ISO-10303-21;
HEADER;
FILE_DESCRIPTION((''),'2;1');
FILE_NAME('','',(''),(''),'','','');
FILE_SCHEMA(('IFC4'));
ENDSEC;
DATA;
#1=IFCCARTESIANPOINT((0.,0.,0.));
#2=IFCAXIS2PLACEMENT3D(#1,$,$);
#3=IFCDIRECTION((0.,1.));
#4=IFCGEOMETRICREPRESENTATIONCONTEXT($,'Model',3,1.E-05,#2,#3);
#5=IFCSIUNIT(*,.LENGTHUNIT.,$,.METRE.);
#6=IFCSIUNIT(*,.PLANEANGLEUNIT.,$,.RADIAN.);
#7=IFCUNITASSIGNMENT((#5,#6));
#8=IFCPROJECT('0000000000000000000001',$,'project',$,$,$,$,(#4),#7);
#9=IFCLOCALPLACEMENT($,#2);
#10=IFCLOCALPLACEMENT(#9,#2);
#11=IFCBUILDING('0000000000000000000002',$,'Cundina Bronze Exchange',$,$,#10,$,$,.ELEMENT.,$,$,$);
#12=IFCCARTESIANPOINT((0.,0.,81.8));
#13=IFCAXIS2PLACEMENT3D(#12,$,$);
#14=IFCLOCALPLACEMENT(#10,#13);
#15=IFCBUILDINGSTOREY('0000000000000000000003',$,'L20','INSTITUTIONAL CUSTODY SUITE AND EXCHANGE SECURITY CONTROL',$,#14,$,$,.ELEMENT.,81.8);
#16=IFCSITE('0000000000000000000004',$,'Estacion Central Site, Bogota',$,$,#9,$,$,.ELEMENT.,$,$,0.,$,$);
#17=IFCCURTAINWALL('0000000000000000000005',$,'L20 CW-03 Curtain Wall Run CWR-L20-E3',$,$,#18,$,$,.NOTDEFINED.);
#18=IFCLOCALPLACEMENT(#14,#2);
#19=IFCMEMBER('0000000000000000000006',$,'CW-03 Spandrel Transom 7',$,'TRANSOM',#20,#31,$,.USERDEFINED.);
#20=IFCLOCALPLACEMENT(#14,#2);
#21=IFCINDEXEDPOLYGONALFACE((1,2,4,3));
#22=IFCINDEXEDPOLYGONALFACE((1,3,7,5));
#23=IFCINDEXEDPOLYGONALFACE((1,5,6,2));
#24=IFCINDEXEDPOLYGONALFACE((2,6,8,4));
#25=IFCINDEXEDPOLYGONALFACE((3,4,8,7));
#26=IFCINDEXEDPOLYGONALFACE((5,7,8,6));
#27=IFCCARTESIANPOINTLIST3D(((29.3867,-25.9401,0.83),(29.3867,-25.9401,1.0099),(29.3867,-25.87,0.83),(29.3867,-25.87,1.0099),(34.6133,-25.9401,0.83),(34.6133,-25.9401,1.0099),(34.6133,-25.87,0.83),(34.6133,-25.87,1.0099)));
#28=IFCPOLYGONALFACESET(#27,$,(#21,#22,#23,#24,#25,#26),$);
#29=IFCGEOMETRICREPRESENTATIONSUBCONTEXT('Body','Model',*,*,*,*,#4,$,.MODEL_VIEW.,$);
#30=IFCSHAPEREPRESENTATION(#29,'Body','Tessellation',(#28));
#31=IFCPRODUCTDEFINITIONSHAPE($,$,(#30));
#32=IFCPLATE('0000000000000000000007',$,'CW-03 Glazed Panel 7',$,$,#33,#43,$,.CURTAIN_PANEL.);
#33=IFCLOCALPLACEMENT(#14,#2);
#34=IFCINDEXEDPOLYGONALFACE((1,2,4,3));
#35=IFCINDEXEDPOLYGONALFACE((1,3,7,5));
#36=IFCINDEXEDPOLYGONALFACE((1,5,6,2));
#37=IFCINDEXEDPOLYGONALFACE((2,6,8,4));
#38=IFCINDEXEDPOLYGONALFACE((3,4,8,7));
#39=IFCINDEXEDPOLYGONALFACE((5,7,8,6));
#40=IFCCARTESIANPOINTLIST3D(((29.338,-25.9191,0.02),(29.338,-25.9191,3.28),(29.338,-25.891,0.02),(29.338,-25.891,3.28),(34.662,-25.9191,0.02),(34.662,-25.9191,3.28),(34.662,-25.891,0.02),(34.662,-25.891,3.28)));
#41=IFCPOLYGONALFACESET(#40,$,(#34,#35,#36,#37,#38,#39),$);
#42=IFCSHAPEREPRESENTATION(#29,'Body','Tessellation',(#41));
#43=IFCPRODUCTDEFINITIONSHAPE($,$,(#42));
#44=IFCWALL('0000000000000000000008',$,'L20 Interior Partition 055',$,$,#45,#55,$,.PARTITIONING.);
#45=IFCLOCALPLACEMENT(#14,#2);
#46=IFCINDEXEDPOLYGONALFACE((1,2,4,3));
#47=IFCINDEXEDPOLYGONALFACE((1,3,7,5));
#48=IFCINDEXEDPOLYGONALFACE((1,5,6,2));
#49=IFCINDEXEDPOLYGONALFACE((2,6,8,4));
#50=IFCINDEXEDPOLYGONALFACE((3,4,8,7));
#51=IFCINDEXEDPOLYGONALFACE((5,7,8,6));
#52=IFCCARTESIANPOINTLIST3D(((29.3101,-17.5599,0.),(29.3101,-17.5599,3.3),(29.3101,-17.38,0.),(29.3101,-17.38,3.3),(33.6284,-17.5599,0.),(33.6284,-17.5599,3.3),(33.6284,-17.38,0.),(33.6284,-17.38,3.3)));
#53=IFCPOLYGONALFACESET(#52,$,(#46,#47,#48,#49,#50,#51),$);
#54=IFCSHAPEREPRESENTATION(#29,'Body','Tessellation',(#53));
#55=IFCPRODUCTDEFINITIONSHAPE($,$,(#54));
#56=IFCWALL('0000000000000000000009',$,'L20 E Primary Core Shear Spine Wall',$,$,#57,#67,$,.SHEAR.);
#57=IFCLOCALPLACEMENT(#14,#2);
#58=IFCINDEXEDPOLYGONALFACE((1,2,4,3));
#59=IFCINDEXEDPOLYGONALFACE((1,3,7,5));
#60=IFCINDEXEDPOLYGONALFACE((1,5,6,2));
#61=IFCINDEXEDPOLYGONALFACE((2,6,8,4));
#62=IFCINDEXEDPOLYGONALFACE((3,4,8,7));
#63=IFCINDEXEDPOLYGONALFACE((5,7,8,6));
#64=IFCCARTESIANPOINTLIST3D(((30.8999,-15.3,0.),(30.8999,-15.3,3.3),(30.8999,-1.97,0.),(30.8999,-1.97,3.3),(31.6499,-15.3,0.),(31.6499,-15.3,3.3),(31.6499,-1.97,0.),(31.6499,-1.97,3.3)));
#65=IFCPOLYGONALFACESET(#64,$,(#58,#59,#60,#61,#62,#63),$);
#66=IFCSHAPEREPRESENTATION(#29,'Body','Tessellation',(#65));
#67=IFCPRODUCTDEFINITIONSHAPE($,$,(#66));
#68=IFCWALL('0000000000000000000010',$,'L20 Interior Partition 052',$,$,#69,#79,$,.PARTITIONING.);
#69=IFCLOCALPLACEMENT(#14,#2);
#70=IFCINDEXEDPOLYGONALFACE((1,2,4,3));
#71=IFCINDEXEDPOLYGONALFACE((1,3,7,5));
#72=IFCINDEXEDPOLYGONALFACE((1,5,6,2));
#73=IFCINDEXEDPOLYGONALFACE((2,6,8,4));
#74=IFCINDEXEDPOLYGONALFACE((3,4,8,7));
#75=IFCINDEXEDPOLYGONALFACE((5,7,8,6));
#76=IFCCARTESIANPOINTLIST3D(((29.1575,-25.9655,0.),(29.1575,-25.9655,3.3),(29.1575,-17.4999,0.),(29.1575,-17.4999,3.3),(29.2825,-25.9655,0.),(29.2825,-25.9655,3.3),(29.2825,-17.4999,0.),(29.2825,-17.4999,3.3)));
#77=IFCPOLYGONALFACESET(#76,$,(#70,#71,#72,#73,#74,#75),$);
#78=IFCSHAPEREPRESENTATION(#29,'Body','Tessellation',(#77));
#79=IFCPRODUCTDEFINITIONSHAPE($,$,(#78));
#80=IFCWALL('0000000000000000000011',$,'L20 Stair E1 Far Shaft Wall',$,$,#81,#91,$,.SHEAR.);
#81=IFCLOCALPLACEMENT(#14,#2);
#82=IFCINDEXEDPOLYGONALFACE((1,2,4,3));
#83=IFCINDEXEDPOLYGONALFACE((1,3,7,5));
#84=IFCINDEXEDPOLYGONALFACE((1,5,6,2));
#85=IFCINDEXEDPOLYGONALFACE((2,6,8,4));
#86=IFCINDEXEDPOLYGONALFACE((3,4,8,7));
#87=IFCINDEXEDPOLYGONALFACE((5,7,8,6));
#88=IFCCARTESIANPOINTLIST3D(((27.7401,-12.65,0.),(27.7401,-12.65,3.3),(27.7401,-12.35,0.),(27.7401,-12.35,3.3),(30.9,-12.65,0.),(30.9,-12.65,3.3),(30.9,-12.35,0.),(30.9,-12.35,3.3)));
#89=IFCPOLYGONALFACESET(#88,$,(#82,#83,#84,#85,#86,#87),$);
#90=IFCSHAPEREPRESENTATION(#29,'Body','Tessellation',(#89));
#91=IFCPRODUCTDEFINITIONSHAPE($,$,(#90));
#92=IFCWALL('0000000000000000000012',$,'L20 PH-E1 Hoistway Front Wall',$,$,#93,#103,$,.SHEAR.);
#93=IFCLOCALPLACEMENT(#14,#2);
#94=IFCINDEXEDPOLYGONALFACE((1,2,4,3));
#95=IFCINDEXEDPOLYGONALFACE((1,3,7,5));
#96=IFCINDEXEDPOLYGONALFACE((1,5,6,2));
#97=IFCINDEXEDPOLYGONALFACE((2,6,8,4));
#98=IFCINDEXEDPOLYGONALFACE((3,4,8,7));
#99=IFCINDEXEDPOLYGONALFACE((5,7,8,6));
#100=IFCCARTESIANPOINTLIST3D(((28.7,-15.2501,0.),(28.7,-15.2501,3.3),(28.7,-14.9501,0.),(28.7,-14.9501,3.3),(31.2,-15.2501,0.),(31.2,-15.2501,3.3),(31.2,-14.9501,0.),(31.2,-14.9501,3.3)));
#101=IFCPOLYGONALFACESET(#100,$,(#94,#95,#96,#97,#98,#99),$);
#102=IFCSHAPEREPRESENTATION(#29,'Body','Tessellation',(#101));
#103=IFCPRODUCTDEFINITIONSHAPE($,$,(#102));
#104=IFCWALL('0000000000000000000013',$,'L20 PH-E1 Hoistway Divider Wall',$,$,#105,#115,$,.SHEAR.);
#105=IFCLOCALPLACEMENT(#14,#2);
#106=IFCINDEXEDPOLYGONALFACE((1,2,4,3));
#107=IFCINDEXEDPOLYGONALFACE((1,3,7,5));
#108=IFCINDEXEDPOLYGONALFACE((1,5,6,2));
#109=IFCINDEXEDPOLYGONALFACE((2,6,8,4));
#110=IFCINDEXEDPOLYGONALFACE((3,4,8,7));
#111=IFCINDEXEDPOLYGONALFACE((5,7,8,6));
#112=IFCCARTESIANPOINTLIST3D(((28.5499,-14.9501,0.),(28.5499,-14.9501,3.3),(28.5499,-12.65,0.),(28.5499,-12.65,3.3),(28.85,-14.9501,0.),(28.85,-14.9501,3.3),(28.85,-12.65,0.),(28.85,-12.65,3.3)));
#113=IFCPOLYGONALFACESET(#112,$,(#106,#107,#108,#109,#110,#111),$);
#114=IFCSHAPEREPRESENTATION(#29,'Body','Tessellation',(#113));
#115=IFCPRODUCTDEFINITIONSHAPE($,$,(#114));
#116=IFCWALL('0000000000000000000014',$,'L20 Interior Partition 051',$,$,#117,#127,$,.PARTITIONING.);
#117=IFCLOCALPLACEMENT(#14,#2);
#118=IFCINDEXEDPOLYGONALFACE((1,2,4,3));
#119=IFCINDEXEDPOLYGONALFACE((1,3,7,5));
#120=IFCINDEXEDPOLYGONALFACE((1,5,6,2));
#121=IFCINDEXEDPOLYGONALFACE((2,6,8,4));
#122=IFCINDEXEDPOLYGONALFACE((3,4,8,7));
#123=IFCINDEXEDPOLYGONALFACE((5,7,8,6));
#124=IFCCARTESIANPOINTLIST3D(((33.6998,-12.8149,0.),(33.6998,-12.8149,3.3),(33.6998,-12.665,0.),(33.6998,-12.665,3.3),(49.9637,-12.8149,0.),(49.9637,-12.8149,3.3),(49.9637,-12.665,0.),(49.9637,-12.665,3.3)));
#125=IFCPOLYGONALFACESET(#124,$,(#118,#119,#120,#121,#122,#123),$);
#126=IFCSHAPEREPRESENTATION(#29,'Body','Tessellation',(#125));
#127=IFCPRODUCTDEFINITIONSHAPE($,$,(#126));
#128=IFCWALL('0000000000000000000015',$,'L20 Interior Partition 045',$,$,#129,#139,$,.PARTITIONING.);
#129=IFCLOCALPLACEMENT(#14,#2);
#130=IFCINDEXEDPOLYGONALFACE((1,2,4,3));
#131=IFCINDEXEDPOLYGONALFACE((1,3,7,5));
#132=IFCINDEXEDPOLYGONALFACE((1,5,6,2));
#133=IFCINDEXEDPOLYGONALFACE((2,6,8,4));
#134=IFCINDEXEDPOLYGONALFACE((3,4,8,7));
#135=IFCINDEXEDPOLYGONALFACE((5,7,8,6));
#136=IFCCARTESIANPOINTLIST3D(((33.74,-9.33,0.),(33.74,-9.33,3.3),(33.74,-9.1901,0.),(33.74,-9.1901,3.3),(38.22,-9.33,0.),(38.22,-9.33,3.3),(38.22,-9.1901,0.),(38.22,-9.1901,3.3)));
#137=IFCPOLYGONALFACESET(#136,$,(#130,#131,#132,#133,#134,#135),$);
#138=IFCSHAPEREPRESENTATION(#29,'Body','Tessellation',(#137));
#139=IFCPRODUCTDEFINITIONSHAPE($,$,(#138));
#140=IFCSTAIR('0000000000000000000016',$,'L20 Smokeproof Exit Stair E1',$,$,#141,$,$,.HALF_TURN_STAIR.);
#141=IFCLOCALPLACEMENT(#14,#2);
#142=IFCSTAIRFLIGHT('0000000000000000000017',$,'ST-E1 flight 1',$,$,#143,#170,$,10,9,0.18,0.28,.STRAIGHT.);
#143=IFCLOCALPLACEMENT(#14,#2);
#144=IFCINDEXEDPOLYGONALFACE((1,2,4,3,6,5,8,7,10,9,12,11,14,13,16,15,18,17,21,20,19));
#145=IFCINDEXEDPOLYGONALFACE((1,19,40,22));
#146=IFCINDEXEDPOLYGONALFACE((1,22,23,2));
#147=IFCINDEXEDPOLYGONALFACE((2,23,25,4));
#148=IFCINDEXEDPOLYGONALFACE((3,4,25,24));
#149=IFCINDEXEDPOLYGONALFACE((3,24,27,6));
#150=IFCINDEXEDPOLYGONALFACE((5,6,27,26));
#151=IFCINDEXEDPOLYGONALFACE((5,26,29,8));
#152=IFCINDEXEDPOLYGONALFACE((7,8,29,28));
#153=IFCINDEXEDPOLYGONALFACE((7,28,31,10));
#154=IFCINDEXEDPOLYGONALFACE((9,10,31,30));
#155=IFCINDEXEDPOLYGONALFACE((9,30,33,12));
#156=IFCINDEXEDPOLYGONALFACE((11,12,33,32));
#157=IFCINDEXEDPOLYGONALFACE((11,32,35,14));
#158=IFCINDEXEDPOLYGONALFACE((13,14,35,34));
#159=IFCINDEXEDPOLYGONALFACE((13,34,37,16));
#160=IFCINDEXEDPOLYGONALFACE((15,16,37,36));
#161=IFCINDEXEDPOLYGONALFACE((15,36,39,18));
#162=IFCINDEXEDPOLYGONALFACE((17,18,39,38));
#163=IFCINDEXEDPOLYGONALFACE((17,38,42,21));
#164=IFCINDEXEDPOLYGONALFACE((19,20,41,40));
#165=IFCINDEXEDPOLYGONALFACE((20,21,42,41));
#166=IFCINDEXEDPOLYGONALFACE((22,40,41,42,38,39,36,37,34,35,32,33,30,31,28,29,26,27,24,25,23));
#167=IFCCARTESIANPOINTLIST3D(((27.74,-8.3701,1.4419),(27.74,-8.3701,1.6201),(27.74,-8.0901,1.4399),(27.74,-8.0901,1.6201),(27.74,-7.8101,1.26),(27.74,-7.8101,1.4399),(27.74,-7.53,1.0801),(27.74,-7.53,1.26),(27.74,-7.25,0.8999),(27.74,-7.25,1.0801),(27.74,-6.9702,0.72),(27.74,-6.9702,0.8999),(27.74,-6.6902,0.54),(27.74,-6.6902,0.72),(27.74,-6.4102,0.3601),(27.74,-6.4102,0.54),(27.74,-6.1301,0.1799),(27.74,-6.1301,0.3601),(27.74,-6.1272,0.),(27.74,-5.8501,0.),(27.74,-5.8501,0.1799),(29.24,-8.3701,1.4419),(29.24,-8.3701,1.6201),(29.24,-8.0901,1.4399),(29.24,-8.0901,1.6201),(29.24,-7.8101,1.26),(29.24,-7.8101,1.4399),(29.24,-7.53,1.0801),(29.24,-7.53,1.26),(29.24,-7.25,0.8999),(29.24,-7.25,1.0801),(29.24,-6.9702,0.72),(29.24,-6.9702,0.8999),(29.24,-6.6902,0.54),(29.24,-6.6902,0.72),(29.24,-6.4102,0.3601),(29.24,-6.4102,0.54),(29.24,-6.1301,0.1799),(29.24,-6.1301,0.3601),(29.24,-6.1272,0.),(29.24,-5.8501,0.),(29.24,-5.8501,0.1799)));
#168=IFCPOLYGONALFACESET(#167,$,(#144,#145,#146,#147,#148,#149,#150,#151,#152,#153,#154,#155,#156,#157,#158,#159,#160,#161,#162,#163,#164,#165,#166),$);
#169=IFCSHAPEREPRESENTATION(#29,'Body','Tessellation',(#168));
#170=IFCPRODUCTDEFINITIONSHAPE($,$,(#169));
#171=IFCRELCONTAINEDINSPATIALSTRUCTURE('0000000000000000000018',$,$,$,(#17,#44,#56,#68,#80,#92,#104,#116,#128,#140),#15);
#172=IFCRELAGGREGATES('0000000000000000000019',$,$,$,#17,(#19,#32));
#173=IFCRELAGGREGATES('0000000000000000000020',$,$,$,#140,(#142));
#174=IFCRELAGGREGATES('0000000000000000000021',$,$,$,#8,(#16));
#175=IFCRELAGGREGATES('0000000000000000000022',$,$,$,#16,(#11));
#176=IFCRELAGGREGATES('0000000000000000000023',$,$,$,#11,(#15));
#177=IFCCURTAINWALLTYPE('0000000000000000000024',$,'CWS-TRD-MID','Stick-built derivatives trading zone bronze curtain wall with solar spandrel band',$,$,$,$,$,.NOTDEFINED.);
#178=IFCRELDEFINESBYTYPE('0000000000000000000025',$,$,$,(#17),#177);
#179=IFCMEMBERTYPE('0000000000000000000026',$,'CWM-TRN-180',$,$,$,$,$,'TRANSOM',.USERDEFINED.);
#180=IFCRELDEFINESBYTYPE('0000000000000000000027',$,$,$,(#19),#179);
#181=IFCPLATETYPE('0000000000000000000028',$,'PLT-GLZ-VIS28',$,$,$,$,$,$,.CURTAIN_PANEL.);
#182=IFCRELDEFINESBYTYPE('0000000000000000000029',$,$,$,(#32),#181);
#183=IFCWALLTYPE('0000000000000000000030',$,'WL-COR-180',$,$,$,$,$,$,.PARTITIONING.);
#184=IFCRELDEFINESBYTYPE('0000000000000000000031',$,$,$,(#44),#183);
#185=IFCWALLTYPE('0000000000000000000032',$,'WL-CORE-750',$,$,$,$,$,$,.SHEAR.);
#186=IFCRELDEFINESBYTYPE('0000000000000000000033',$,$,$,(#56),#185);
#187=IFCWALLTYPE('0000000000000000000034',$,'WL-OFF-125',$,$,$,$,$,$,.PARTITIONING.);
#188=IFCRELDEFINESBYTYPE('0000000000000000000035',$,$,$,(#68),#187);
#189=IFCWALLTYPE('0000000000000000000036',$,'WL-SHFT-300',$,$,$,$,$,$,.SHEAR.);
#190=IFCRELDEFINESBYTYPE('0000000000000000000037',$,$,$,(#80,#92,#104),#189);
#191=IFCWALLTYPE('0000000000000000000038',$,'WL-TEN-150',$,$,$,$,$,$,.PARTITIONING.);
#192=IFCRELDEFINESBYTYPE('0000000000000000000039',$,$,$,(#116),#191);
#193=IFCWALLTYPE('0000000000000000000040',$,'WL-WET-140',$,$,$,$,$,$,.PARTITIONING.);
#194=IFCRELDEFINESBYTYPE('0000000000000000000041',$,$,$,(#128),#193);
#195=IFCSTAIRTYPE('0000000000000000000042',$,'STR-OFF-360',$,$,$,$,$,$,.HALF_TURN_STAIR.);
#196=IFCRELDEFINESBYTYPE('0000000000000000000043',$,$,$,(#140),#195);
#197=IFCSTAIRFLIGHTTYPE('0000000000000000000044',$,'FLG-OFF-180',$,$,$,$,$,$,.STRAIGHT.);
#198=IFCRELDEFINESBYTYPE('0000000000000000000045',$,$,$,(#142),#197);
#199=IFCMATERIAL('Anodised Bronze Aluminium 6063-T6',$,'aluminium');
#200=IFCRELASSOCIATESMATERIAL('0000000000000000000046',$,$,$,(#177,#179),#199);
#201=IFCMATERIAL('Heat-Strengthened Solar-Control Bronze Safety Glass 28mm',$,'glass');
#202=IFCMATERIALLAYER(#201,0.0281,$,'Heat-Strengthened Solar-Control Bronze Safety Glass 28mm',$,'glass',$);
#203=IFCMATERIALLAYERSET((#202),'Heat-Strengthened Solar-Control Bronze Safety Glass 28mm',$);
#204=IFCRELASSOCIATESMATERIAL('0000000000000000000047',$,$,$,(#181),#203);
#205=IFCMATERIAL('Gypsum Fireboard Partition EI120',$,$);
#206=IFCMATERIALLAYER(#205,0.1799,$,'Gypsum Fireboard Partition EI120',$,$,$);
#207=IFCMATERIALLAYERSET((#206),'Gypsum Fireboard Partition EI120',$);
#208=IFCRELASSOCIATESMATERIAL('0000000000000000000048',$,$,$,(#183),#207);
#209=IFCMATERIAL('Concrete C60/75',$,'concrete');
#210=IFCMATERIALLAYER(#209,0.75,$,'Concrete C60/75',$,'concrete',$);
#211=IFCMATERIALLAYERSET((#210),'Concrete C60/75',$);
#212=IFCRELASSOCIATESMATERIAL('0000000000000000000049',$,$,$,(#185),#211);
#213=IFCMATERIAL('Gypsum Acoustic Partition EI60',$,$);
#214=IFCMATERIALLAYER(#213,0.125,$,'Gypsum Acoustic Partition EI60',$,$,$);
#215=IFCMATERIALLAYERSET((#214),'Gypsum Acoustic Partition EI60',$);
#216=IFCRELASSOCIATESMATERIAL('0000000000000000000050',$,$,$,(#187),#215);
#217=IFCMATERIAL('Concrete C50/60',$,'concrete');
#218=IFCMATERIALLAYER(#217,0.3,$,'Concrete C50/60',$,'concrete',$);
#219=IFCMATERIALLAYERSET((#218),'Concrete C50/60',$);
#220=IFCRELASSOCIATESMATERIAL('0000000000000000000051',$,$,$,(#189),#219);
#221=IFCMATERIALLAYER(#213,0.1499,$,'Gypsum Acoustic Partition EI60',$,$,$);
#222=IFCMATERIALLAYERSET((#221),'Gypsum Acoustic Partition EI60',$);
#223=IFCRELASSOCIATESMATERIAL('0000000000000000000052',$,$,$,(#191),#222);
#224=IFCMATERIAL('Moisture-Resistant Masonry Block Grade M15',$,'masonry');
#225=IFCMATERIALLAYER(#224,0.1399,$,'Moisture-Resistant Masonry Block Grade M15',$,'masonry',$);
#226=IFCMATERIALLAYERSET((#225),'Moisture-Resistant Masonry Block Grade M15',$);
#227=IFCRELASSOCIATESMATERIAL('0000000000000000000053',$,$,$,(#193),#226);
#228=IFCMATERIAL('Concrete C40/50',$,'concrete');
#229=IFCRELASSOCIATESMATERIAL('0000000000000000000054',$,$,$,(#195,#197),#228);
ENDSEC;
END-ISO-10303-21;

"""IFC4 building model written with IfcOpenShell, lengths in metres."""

from ifc_helpers import new_model, si_unit, direction, frame, frame_2d, origin, origin_2d, place, context, subcontext, project, spatial, polyline, rectangle, outline, extrude, material, layer, layer_set, material_profile, profile_set, type_object, element, aggregate, save


model = new_model("IFC4")

# Units and contexts
model_context = context("Model", 3, precision=1e-05, world=origin(), true_north=direction((0.0, 1.0)))
body_context = subcontext(model_context, "Body", "Model", "MODEL_VIEW")
ifc_project = project(units=[si_unit("LENGTHUNIT", "METRE"), si_unit("PLANEANGLEUNIT", "RADIAN")], contexts=[model_context])

# Site, building, storey
site_placement = place(None, origin())
site = spatial("IfcSite", under=ifc_project, at=site_placement, Name="Estacion Central Site, Bogota", CompositionType="ELEMENT", RefElevation=0.0)
building_placement = place(site_placement, origin())
building = spatial("IfcBuilding", under=site, at=building_placement, Name="Cundina Bronze Exchange", CompositionType="ELEMENT")
storey_placement = place(building_placement, frame((0.0, 0.0, 81.8)))
storey = spatial("IfcBuildingStorey", under=building, at=storey_placement, Name="L20", Description="INSTITUTIONAL CUSTODY SUITE AND EXCHANGE SECURITY CONTROL", CompositionType="ELEMENT", Elevation=81.8)

# Shared definitions
ifc_material_1 = material(Name="Concrete C60/75", Category="concrete")

# Curtain wall
ifc_material_2 = material(Name="Anodised Bronze Aluminium 6063-T6", Category="aluminium")
curtain_wall_type = type_object("IfcCurtainWallType", Name="CWS-TRD-MID", Description="Stick-built derivatives trading zone bronze curtain wall with solar spandrel band", PredefinedType="NOTDEFINED", material=ifc_material_2)
curtain_wall_1_placement = place(storey_placement, origin())
curtain_wall_1 = element("IfcCurtainWall", 1, at=curtain_wall_1_placement, inside=storey, type_object=curtain_wall_type, Name="L20 CW-03 Curtain Wall Run CWR-L20-E3", PredefinedType="NOTDEFINED")

# Member
ifc_material_profile_1 = material_profile(ifc_material_2, rectangle(XDim=0.0701, YDim=0.1799, at=origin_2d()), Name="AL70X180", Category="aluminium")
ifc_profile_set_1 = profile_set([ifc_material_profile_1], Name="Anodised Bronze Aluminium 6063-T6")
member_type_1 = type_object("IfcMemberType", Name="CWM-TRN-180", ElementType="TRANSOM", PredefinedType="USERDEFINED", material=ifc_profile_set_1)
member_1_placement = place(storey_placement, frame((29.3867, -25.905, 0.9199), z_axis=(1.0, 0.0, 0.0), x_axis=(0.0, 1.0, 0.0)))
member_1 = element("IfcMember", 2, at=member_1_placement, type_object=member_type_1, Name="CW-03 Spandrel Transom 7", ObjectType="TRANSOM", PredefinedType="USERDEFINED", context=body_context, shape_type="SweptSolid", body=[
    extrude(rectangle(XDim=0.0701, YDim=0.1799, at=origin_2d()), origin(), (0.0, 0.0, 1.0), 5.2266),
])

# Plate
ifc_material_3 = material(Name="Heat-Strengthened Solar-Control Bronze Safety Glass 28mm", Category="glass")
ifc_layer_1 = layer(ifc_material_3, 0.0281, Name="Heat-Strengthened Solar-Control Bronze Safety Glass 28mm", Category="glass")
ifc_layer_set_1 = layer_set([ifc_layer_1], Name="Heat-Strengthened Solar-Control Bronze Safety Glass 28mm")
plate_type = type_object("IfcPlateType", Name="PLT-GLZ-VIS28", PredefinedType="CURTAIN_PANEL", material=ifc_layer_set_1)
plate_placement = place(storey_placement, frame((32.0, -25.905, 0.02), z_axis=(0.0, 0.0, 1.0), x_axis=(1.0, 0.0, 0.0)))
plate = element("IfcPlate", 3, at=plate_placement, type_object=plate_type, Name="CW-03 Glazed Panel 7", PredefinedType="CURTAIN_PANEL", context=body_context, shape_type="SweptSolid", body=[
    extrude(rectangle(XDim=5.324, YDim=0.0281, at=origin_2d()), origin(), (0.0, 0.0, 1.0), 3.26),
])
aggregate(curtain_wall_1, [member_1, plate])

# Shared definitions
ifc_material_4 = material(Name="Gypsum Fireboard Partition EI120")
ifc_layer_2 = layer(ifc_material_4, 0.1799, Name="Gypsum Fireboard Partition EI120")
ifc_layer_set_2 = layer_set([ifc_layer_2], Name="Gypsum Fireboard Partition EI120")
wall_type_1 = type_object("IfcWallType", Name="WL-COR-180", PredefinedType="PARTITIONING", material=ifc_layer_set_2)

# Wall
wall_1_placement = place(storey_placement, frame((29.3101, -17.47, 0.0), z_axis=(0.0, 0.0, 1.0), x_axis=(1.0, 0.0, 0.0)))
element("IfcWall", 4, at=wall_1_placement, inside=storey, type_object=wall_type_1, Name="L20 Interior Partition 055", PredefinedType="PARTITIONING", context=body_context, shape_type="SweptSolid", body=[
    extrude(rectangle(XDim=4.3184, YDim=0.1799, at=frame_2d((2.1592, 0.0))), origin(), (0.0, 0.0, 1.0), 3.3),
])

# Walls
ifc_layer_3 = layer(ifc_material_1, 0.75, Name="Concrete C60/75", Category="concrete")
ifc_layer_set_3 = layer_set([ifc_layer_3], Name="Concrete C60/75")
wall_type_2 = type_object("IfcWallType", Name="WL-CORE-750", PredefinedType="SHEAR", material=ifc_layer_set_3)
wall_2_placement = place(storey_placement, frame((31.2749, -15.3, 0.0), z_axis=(0.0, 0.0, 1.0), x_axis=(0.0, 1.0, 0.0)))
element("IfcWall", 5, at=wall_2_placement, inside=storey, type_object=wall_type_2, Name="L20 E Primary Core Shear Spine Wall", PredefinedType="SHEAR", context=body_context, shape_type="SweptSolid", body=[
    extrude(rectangle(XDim=13.3301, YDim=0.75, at=frame_2d((6.665, 0.0))), origin(), (0.0, 0.0, 1.0), 3.3),
])
ifc_material_5 = material(Name="Gypsum Acoustic Partition EI60")
ifc_layer_4 = layer(ifc_material_5, 0.125, Name="Gypsum Acoustic Partition EI60")
ifc_layer_set_4 = layer_set([ifc_layer_4], Name="Gypsum Acoustic Partition EI60")
wall_type_3 = type_object("IfcWallType", Name="WL-OFF-125", PredefinedType="PARTITIONING", material=ifc_layer_set_4)
wall_3_placement = place(storey_placement, frame((29.22, -25.9656, 0.0), z_axis=(0.0, 0.0, 1.0), x_axis=(0.0, 1.0, 0.0)))
element("IfcWall", 6, at=wall_3_placement, inside=storey, type_object=wall_type_3, Name="L20 Interior Partition 052", PredefinedType="PARTITIONING", context=body_context, shape_type="SweptSolid", body=[
    extrude(rectangle(XDim=8.4656, YDim=0.125, at=frame_2d((4.2329, 0.0))), origin(), (0.0, 0.0, 1.0), 3.3),
])
ifc_material_6 = material(Name="Concrete C50/60", Category="concrete")
ifc_layer_5 = layer(ifc_material_6, 0.3, Name="Concrete C50/60", Category="concrete")
ifc_layer_set_5 = layer_set([ifc_layer_5], Name="Concrete C50/60")
wall_type_4 = type_object("IfcWallType", Name="WL-SHFT-300", PredefinedType="SHEAR", material=ifc_layer_set_5)
wall_4_placement = place(storey_placement, frame((27.74, -12.5, 0.0), z_axis=(0.0, 0.0, 1.0), x_axis=(1.0, 0.0, 0.0)))
element("IfcWall", 7, at=wall_4_placement, inside=storey, type_object=wall_type_4, Name="L20 Stair E1 Far Shaft Wall", PredefinedType="SHEAR", context=body_context, shape_type="SweptSolid", body=[
    extrude(rectangle(XDim=3.1599, YDim=0.3, at=frame_2d((1.5801, 0.0))), origin(), (0.0, 0.0, 1.0), 3.3),
])
wall_5_placement = place(storey_placement, frame((28.7, -15.1001, 0.0), z_axis=(0.0, 0.0, 1.0), x_axis=(1.0, 0.0, 0.0)))
element("IfcWall", 8, at=wall_5_placement, inside=storey, type_object=wall_type_4, Name="L20 PH-E1 Hoistway Front Wall", PredefinedType="SHEAR", context=body_context, shape_type="SweptSolid", body=[
    extrude(rectangle(XDim=2.5, YDim=0.3, at=frame_2d((1.25, 0.0))), origin(), (0.0, 0.0, 1.0), 3.3),
])
wall_6_placement = place(storey_placement, frame((28.7, -14.95, 0.0), z_axis=(0.0, 0.0, 1.0), x_axis=(0.0, 1.0, 0.0)))
element("IfcWall", 9, at=wall_6_placement, inside=storey, type_object=wall_type_4, Name="L20 PH-E1 Hoistway Divider Wall", PredefinedType="SHEAR", context=body_context, shape_type="SweptSolid", body=[
    extrude(rectangle(XDim=2.3, YDim=0.3, at=frame_2d((1.1499, 0.0))), origin(), (0.0, 0.0, 1.0), 3.3),
])
ifc_layer_6 = layer(ifc_material_5, 0.1499, Name="Gypsum Acoustic Partition EI60")
ifc_layer_set_6 = layer_set([ifc_layer_6], Name="Gypsum Acoustic Partition EI60")
wall_type_5 = type_object("IfcWallType", Name="WL-TEN-150", PredefinedType="PARTITIONING", material=ifc_layer_set_6)
wall_7_placement = place(storey_placement, frame((33.7, -12.74, 0.0), z_axis=(0.0, 0.0, 1.0), x_axis=(1.0, 0.0, 0.0)))
element("IfcWall", 10, at=wall_7_placement, inside=storey, type_object=wall_type_5, Name="L20 Interior Partition 051", PredefinedType="PARTITIONING", context=body_context, shape_type="SweptSolid", body=[
    extrude(rectangle(XDim=16.2639, YDim=0.1499, at=frame_2d((8.1318, 0.0))), origin(), (0.0, 0.0, 1.0), 3.3),
])
ifc_material_7 = material(Name="Moisture-Resistant Masonry Block Grade M15", Category="masonry")
ifc_layer_7 = layer(ifc_material_7, 0.1399, Name="Moisture-Resistant Masonry Block Grade M15", Category="masonry")
ifc_layer_set_7 = layer_set([ifc_layer_7], Name="Moisture-Resistant Masonry Block Grade M15")
wall_type_6 = type_object("IfcWallType", Name="WL-WET-140", PredefinedType="PARTITIONING", material=ifc_layer_set_7)
wall_8_placement = place(storey_placement, frame((33.74, -9.26, 0.0), z_axis=(0.0, 0.0, 1.0), x_axis=(1.0, 0.0, 0.0)))
element("IfcWall", 11, at=wall_8_placement, inside=storey, type_object=wall_type_6, Name="L20 Interior Partition 045", PredefinedType="PARTITIONING", context=body_context, shape_type="SweptSolid", body=[
    extrude(rectangle(XDim=4.48, YDim=0.1399, at=frame_2d((2.24, 0.0))), origin(), (0.0, 0.0, 1.0), 3.3),
])

# Stair, stair flight
ifc_material_8 = material(Name="Concrete C40/50", Category="concrete")
stair_type = type_object("IfcStairType", Name="STR-OFF-360", PredefinedType="HALF_TURN_STAIR", material=ifc_material_8)
stair_placement = place(storey_placement, origin())
stair = element("IfcStair", 12, at=stair_placement, inside=storey, type_object=stair_type, Name="L20 Smokeproof Exit Stair E1", PredefinedType="HALF_TURN_STAIR")
stair_flight_type = type_object("IfcStairFlightType", Name="FLG-OFF-180", PredefinedType="STRAIGHT", material=ifc_material_8)
stair_flight_1_placement = place(storey_placement, frame((28.49, -5.8501, 0.0), z_axis=(0.0, 0.0, 1.0), x_axis=(0.0, -1.0, 0.0)))
stair_flight_1 = element("IfcStairFlight", 13, at=stair_flight_1_placement, type_object=stair_flight_type, Name="ST-E1 flight 1", NumberOfRisers=10, NumberOfTreads=9, PredefinedType="STRAIGHT", RiserHeight=0.18, TreadLength=0.28, context=body_context, shape_type="SweptSolid", body=[
    extrude(outline(polyline([(0.0, 0.0), (0.0, 0.1799), (0.28, 0.1799), (0.28, 0.3601), (0.5601, 0.3601), (0.5601, 0.54), (0.8401, 0.54), (0.8401, 0.72), (1.1201, 0.72), (1.1201, 0.8999), (1.3999, 0.8999), (1.3999, 1.0801), (1.6799, 1.0801), (1.6799, 1.26), (1.96, 1.26), (1.96, 1.4399), (2.24, 1.4399), (2.24, 1.6201), (2.52, 1.6201), (2.52, 1.8), (2.52, 1.4419), (0.2771, 0.0), (0.0, 0.0)])), frame((0.0, 0.75, 0.0), z_axis=(0.0, -1.0, 0.0), x_axis=(1.0, 0.0, 0.0)), (0.0, 0.0, 1.0), 1.5),
])
aggregate(stair, [stair_flight_1])

save(model, "model.ifc")
